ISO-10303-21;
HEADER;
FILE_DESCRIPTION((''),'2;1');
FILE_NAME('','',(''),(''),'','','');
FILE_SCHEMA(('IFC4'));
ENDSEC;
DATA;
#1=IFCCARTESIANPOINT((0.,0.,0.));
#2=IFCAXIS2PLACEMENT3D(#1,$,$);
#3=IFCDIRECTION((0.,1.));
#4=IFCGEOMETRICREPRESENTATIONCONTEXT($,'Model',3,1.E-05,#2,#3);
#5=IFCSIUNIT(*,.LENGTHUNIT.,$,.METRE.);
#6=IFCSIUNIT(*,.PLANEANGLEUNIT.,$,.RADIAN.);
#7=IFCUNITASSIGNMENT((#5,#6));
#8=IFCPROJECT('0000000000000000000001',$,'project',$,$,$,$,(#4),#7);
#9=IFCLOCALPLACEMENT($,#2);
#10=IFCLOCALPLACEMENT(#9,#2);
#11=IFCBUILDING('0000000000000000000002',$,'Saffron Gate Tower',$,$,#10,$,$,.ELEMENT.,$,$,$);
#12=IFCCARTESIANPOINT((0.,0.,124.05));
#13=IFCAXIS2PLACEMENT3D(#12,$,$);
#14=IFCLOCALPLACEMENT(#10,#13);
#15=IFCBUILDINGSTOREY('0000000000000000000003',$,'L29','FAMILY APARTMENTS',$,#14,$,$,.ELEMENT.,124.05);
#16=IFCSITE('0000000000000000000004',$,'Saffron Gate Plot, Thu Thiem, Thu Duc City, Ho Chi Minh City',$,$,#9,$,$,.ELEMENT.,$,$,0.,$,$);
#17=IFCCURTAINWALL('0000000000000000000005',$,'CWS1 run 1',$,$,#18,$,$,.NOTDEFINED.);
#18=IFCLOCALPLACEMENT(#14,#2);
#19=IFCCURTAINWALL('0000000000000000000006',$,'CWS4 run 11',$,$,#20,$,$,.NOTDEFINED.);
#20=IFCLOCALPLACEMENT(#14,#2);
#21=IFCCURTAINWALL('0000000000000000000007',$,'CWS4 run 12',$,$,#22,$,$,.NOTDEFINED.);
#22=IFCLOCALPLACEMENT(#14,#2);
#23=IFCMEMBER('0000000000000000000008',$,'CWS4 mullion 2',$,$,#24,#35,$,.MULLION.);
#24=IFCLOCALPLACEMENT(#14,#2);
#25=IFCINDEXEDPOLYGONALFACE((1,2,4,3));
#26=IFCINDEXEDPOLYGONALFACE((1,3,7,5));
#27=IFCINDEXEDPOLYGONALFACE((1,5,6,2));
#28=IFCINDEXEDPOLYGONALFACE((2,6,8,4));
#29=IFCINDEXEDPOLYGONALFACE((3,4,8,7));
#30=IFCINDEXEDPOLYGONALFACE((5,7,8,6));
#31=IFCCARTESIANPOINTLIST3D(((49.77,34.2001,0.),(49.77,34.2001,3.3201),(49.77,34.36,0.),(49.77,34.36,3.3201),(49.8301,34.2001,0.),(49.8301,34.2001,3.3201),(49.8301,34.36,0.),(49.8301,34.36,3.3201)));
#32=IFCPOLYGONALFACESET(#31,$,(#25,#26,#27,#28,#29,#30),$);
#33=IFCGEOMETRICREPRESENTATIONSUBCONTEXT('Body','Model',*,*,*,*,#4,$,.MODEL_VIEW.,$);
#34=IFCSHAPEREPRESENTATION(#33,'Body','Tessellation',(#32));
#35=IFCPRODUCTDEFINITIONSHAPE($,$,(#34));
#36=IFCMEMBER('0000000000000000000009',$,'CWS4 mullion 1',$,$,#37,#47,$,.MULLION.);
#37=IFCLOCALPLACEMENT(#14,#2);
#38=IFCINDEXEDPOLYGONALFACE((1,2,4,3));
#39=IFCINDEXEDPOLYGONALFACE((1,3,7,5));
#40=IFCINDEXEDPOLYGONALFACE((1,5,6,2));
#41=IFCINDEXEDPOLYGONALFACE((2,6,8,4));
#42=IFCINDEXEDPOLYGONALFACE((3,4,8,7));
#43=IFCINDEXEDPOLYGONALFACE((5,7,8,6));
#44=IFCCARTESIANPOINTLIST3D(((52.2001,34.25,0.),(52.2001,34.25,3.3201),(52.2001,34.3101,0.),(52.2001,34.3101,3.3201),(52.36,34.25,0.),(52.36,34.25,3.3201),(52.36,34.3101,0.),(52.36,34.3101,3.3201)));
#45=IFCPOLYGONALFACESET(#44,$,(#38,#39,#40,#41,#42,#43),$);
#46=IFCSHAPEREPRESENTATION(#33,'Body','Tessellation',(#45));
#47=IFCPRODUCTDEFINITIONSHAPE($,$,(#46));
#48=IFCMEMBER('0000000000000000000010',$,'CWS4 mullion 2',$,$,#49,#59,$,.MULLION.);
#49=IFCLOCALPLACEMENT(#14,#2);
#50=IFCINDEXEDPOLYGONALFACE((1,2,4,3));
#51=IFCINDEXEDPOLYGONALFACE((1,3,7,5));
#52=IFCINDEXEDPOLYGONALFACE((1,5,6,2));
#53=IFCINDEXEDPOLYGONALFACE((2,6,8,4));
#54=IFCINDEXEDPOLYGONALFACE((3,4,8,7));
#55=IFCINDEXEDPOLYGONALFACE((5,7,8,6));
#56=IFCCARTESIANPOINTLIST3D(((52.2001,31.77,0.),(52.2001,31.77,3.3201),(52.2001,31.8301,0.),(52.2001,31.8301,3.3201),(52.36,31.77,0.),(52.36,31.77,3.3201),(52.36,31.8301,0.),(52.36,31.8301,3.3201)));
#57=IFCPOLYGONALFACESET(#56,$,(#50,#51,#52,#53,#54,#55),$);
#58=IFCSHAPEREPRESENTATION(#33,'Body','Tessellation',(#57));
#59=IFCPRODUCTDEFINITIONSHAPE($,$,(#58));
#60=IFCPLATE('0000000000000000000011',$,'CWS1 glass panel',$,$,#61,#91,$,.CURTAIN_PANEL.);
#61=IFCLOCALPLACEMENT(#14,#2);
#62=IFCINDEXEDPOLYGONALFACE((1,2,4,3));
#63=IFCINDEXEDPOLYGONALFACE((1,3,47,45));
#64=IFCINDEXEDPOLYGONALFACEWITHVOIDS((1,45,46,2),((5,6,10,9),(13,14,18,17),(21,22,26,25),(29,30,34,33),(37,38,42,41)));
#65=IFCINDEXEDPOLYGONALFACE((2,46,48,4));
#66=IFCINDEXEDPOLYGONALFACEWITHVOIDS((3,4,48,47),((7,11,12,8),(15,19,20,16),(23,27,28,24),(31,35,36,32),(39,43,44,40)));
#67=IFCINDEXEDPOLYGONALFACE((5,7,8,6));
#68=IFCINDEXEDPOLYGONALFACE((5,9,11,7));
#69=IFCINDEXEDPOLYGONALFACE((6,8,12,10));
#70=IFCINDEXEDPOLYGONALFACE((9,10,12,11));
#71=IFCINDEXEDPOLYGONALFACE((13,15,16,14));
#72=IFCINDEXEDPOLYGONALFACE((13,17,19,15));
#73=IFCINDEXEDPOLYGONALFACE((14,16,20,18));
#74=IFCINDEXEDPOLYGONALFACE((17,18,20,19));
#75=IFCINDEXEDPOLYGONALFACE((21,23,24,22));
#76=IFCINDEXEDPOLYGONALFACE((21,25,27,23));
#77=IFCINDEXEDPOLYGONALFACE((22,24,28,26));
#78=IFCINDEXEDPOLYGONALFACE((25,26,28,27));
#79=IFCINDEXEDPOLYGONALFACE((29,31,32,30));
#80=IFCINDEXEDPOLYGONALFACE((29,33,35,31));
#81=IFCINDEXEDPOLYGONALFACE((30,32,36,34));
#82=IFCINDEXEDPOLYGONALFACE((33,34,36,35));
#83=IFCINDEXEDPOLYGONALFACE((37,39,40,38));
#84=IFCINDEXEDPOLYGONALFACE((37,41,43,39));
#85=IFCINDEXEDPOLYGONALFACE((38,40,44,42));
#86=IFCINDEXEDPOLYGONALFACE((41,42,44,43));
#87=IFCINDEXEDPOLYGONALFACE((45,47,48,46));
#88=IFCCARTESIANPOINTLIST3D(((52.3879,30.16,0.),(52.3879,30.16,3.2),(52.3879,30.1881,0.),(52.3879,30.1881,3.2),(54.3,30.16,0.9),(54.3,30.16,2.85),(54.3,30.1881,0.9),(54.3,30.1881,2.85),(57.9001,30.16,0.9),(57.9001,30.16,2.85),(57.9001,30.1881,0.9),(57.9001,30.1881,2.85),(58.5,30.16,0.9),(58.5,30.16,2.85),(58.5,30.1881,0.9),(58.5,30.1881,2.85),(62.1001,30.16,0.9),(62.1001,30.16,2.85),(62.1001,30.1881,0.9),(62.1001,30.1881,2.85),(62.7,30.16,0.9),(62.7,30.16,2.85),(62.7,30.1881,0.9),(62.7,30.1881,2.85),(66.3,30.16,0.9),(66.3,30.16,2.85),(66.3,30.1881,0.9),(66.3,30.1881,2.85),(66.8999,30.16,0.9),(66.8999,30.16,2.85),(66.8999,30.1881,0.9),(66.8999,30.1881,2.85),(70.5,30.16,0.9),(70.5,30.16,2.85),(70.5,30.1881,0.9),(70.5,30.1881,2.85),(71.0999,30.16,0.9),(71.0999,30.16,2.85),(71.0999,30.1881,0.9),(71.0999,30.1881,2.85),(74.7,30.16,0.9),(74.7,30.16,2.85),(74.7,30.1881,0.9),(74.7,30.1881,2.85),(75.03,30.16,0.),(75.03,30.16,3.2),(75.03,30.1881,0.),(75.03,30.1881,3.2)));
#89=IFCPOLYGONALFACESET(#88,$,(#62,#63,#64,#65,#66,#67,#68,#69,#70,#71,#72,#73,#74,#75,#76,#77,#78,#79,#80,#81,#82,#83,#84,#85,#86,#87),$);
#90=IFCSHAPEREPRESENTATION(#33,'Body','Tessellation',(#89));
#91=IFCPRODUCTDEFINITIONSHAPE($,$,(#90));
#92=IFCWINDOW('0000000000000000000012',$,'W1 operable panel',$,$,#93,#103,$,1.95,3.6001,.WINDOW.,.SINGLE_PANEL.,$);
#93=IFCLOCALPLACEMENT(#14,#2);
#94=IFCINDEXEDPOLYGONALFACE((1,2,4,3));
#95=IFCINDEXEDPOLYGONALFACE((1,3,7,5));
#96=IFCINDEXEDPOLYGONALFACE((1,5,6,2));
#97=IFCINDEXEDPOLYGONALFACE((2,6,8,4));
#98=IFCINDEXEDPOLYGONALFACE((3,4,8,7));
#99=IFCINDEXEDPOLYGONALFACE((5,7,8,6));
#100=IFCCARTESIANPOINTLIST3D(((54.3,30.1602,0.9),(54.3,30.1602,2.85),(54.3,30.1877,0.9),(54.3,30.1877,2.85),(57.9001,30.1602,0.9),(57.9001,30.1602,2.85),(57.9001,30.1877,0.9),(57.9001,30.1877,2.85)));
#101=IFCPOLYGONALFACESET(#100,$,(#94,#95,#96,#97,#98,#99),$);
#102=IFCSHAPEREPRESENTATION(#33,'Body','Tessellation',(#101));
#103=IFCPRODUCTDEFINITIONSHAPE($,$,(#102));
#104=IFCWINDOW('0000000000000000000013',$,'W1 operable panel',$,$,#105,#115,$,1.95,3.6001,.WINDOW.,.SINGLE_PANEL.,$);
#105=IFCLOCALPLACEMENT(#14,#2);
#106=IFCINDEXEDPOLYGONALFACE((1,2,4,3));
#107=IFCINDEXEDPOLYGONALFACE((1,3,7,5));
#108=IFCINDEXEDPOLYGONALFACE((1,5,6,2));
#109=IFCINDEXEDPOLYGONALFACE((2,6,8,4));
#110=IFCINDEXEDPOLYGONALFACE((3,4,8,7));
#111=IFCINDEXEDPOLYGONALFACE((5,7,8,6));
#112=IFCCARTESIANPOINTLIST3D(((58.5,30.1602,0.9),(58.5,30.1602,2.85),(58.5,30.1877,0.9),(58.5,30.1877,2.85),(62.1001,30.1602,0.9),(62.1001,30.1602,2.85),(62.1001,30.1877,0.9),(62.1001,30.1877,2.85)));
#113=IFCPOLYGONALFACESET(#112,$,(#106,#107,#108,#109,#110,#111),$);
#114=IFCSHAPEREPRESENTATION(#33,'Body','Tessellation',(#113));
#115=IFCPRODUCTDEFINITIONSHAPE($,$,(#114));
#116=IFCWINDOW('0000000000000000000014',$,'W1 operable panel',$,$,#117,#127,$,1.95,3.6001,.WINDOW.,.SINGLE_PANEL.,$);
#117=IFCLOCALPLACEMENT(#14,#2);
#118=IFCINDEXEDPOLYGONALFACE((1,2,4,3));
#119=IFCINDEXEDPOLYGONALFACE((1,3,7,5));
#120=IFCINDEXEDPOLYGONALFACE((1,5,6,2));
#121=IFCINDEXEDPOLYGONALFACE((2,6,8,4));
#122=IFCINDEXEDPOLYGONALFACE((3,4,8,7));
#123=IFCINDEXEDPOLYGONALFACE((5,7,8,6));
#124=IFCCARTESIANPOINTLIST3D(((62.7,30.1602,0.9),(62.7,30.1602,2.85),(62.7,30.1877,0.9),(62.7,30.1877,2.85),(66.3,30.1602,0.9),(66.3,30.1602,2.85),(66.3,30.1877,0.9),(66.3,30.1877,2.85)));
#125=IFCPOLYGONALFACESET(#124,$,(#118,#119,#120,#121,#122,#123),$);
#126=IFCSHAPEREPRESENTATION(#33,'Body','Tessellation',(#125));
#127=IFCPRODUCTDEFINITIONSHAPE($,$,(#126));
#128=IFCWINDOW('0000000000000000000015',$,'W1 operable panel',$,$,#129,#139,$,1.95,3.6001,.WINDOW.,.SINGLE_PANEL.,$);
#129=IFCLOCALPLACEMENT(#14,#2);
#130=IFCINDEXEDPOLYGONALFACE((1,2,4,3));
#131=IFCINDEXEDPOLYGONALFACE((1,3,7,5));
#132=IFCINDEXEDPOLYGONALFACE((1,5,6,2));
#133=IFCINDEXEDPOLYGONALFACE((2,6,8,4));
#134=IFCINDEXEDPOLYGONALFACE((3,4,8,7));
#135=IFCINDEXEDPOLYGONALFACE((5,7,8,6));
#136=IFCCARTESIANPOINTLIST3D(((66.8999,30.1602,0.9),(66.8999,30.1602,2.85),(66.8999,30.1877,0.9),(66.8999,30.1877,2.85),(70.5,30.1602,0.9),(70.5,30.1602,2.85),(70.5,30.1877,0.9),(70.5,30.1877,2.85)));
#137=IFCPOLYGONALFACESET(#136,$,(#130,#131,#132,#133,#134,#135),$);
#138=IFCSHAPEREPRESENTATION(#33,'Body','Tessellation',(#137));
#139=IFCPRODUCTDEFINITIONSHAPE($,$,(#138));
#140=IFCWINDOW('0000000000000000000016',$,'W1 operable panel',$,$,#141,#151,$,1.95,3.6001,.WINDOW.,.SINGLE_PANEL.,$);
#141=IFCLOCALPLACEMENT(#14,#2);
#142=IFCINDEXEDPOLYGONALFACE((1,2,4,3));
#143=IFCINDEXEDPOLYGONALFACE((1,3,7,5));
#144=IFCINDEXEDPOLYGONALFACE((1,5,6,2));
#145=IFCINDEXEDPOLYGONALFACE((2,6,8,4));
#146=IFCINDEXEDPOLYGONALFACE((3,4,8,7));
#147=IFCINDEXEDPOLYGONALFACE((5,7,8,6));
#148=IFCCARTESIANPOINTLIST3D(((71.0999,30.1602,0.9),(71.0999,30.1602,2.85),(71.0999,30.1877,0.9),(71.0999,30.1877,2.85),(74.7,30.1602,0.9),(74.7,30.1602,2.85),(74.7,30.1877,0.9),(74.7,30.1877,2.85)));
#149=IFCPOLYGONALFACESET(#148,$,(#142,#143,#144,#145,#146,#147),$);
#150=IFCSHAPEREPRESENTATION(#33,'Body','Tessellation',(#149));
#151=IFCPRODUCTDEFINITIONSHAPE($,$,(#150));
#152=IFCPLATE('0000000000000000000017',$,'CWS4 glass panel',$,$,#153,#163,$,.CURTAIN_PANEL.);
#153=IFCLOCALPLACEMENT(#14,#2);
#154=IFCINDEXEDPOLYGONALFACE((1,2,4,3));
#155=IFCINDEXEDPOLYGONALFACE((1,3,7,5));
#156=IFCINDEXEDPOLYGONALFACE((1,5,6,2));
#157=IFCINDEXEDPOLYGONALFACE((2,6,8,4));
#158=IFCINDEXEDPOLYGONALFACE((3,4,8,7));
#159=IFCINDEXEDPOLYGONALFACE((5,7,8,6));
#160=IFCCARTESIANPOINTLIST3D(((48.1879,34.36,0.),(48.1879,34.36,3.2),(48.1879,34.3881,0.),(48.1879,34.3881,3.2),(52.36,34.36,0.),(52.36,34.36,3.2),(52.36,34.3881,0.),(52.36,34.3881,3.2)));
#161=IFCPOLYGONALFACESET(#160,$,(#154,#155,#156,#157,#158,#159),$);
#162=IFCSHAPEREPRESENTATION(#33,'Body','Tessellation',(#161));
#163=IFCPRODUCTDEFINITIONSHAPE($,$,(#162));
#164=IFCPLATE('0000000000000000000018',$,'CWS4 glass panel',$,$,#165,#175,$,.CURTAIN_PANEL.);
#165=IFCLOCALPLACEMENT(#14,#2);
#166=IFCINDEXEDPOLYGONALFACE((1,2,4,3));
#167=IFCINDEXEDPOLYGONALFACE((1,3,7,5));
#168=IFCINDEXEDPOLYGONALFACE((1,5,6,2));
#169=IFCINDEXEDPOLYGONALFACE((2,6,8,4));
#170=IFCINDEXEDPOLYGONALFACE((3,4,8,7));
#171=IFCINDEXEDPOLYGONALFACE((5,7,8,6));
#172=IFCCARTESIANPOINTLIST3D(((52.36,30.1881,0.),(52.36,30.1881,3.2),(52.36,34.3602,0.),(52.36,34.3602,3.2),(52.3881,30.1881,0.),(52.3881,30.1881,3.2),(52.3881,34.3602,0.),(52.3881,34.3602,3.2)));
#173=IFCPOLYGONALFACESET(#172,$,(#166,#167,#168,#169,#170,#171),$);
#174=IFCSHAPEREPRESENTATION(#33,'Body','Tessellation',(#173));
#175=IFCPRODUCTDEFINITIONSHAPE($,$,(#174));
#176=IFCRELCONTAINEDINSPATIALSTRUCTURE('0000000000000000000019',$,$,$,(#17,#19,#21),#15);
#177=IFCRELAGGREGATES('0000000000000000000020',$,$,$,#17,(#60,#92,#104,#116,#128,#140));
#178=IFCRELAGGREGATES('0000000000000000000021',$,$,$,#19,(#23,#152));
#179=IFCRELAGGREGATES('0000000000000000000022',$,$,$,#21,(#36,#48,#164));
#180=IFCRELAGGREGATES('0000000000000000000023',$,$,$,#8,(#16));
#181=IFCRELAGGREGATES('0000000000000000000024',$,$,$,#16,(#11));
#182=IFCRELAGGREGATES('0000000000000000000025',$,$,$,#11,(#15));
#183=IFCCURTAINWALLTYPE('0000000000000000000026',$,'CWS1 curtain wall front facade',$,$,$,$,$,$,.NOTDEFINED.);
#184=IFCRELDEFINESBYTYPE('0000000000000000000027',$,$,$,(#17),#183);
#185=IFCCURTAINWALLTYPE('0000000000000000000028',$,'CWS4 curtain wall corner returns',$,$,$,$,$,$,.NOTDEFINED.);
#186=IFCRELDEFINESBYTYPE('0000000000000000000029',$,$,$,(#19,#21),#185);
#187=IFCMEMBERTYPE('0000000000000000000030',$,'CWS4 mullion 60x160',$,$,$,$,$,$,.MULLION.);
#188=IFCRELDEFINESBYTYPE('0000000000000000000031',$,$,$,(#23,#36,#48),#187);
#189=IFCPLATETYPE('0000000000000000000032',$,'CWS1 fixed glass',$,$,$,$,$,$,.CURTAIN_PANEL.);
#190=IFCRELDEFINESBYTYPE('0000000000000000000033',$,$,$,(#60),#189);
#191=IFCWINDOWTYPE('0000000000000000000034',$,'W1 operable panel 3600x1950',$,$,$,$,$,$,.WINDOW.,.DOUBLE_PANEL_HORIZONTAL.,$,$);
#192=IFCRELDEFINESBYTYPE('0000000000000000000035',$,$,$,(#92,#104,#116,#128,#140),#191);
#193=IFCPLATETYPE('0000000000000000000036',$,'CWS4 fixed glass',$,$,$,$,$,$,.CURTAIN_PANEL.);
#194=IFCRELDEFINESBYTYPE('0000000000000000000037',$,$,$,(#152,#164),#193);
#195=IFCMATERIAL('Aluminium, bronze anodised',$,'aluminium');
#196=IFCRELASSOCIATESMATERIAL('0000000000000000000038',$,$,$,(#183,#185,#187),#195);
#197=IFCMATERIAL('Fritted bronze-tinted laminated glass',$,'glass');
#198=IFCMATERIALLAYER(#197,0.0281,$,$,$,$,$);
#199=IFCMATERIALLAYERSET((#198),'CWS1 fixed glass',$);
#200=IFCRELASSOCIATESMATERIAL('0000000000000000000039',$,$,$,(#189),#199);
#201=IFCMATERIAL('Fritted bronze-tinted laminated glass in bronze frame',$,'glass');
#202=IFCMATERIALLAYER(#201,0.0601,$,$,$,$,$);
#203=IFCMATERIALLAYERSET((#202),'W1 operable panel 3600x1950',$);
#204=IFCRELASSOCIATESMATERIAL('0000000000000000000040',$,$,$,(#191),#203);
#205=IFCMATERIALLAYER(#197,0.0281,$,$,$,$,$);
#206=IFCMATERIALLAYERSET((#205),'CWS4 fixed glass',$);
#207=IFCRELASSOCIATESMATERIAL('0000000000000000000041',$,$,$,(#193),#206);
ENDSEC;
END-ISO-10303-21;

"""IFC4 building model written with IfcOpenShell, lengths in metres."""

from ifc_helpers import new_model, si_unit, direction, frame, frame_2d, origin, origin_2d, place, context, subcontext, project, spatial, rectangle, extrude, material, layer, layer_set, material_profile, profile_set, type_object, element, fill, aggregate, save


model = new_model("IFC4")

# Units and contexts
model_context = context("Model", 3, precision=1e-05, world=origin(), true_north=direction((0.0, 1.0)))
body_context = subcontext(model_context, "Body", "Model", "MODEL_VIEW")
ifc_project = project(units=[si_unit("LENGTHUNIT", "METRE"), si_unit("PLANEANGLEUNIT", "RADIAN")], contexts=[model_context])

# Site, building, storey
site_placement = place(None, origin())
site = spatial("IfcSite", under=ifc_project, at=site_placement, Name="Saffron Gate Plot, Thu Thiem, Thu Duc City, Ho Chi Minh City", CompositionType="ELEMENT", RefElevation=0.0)
building_placement = place(site_placement, origin())
building = spatial("IfcBuilding", under=site, at=building_placement, Name="Saffron Gate Tower", CompositionType="ELEMENT")
storey_placement = place(building_placement, frame((0.0, 0.0, 124.05)))
storey = spatial("IfcBuildingStorey", under=building, at=storey_placement, Name="L29", Description="FAMILY APARTMENTS", CompositionType="ELEMENT", Elevation=124.05)

# Curtain wall
ifc_material_1 = material(Name="Aluminium, bronze anodised", Category="aluminium")
curtain_wall_type_1 = type_object("IfcCurtainWallType", Name="CWS1 curtain wall front facade", PredefinedType="NOTDEFINED", material=ifc_material_1)
curtain_wall_1_placement = place(storey_placement, origin())
curtain_wall_1 = element("IfcCurtainWall", 1, at=curtain_wall_1_placement, inside=storey, type_object=curtain_wall_type_1, Name="CWS1 run 1", PredefinedType="NOTDEFINED")

# Curtain walls
curtain_wall_type_2 = type_object("IfcCurtainWallType", Name="CWS4 curtain wall corner returns", PredefinedType="NOTDEFINED", material=ifc_material_1)
curtain_wall_2_placement = place(storey_placement, origin())
curtain_wall_2 = element("IfcCurtainWall", 2, at=curtain_wall_2_placement, inside=storey, type_object=curtain_wall_type_2, Name="CWS4 run 11", PredefinedType="NOTDEFINED")
curtain_wall_3_placement = place(storey_placement, origin())
curtain_wall_3 = element("IfcCurtainWall", 3, at=curtain_wall_3_placement, inside=storey, type_object=curtain_wall_type_2, Name="CWS4 run 12", PredefinedType="NOTDEFINED")

# Members
ifc_material_profile_1 = material_profile(ifc_material_1, rectangle(XDim=0.1599, YDim=0.0601, at=origin_2d()))
ifc_profile_set_1 = profile_set([ifc_material_profile_1], Name="Aluminium, bronze anodised")
member_type_1 = type_object("IfcMemberType", Name="CWS4 mullion 60x160", PredefinedType="MULLION", material=ifc_profile_set_1)
member_1_placement = place(storey_placement, frame((49.8, 34.28, 0.0), z_axis=(0.0, 0.0, 1.0), x_axis=(0.0, 1.0, 0.0)))
member_1 = element("IfcMember", 4, at=member_1_placement, type_object=member_type_1, Name="CWS4 mullion 2", PredefinedType="MULLION", context=body_context, shape_type="SweptSolid", body=[
    extrude(rectangle(XDim=0.1599, YDim=0.0601, at=origin_2d()), origin(), (0.0, 0.0, 1.0), 3.3201),
])
member_2_placement = place(storey_placement, frame((52.28, 34.28, 0.0), z_axis=(0.0, 0.0, 1.0), x_axis=(1.0, 0.0, 0.0)))
member_2 = element("IfcMember", 5, at=member_2_placement, type_object=member_type_1, Name="CWS4 mullion 1", PredefinedType="MULLION", context=body_context, shape_type="SweptSolid", body=[
    extrude(rectangle(XDim=0.1599, YDim=0.0601, at=origin_2d()), origin(), (0.0, 0.0, 1.0), 3.3201),
])
member_3_placement = place(storey_placement, frame((52.28, 31.8, 0.0), z_axis=(0.0, 0.0, 1.0), x_axis=(1.0, 0.0, 0.0)))
member_3 = element("IfcMember", 6, at=member_3_placement, type_object=member_type_1, Name="CWS4 mullion 2", PredefinedType="MULLION", context=body_context, shape_type="SweptSolid", body=[
    extrude(rectangle(XDim=0.1599, YDim=0.0601, at=origin_2d()), origin(), (0.0, 0.0, 1.0), 3.3201),
])

# Plate, openings, windows
ifc_material_2 = material(Name="Fritted bronze-tinted laminated glass", Category="glass")
ifc_layer_1 = layer(ifc_material_2, 0.0281)
ifc_layer_set_1 = layer_set([ifc_layer_1], Name="CWS1 fixed glass")
plate_type_1 = type_object("IfcPlateType", Name="CWS1 fixed glass", PredefinedType="CURTAIN_PANEL", material=ifc_layer_set_1)
plate_1_placement = place(storey_placement, frame((52.3879, 30.1741, 0.0), z_axis=(0.0, 0.0, 1.0), x_axis=(1.0, 0.0, 0.0)))
plate_1 = element("IfcPlate", 7, at=plate_1_placement, type_object=plate_type_1, Name="CWS1 glass panel", PredefinedType="CURTAIN_PANEL", context=body_context, shape_type="SweptSolid", body=[
    extrude(rectangle(XDim=22.6421, YDim=0.0281, at=frame_2d((11.321, 0.0))), origin(), (0.0, 0.0, 1.0), 3.2),
])
opening_1_placement = place(plate_1_placement, frame((1.9121, 0.0, 0.8999)))
opening_1 = element("IfcOpeningElement", 8, at=opening_1_placement, cuts=plate_1, PredefinedType="OPENING", context=body_context, shape_type="SweptSolid", body=[
    extrude(rectangle(XDim=3.6001, YDim=1.95, at=frame_2d((1.8, 0.9751))), frame((0.0, 0.0239, 0.0), z_axis=(0.0, -1.0, 0.0), x_axis=(1.0, 0.0, 0.0)), (0.0, 0.0, 1.0), 0.0481),
])
opening_2_placement = place(plate_1_placement, frame((6.1121, 0.0, 0.8999)))
opening_2 = element("IfcOpeningElement", 9, at=opening_2_placement, cuts=plate_1, PredefinedType="OPENING", context=body_context, shape_type="SweptSolid", body=[
    extrude(rectangle(XDim=3.6001, YDim=1.95, at=frame_2d((1.8, 0.9751))), frame((0.0, 0.0239, 0.0), z_axis=(0.0, -1.0, 0.0), x_axis=(1.0, 0.0, 0.0)), (0.0, 0.0, 1.0), 0.0481),
])
opening_3_placement = place(plate_1_placement, frame((10.312, 0.0, 0.8999)))
opening_3 = element("IfcOpeningElement", 10, at=opening_3_placement, cuts=plate_1, PredefinedType="OPENING", context=body_context, shape_type="SweptSolid", body=[
    extrude(rectangle(XDim=3.6001, YDim=1.95, at=frame_2d((1.8, 0.9751))), frame((0.0, 0.0239, 0.0), z_axis=(0.0, -1.0, 0.0), x_axis=(1.0, 0.0, 0.0)), (0.0, 0.0, 1.0), 0.0481),
])
opening_4_placement = place(plate_1_placement, frame((14.512, 0.0, 0.8999)))
opening_4 = element("IfcOpeningElement", 11, at=opening_4_placement, cuts=plate_1, PredefinedType="OPENING", context=body_context, shape_type="SweptSolid", body=[
    extrude(rectangle(XDim=3.6001, YDim=1.95, at=frame_2d((1.8, 0.9751))), frame((0.0, 0.0239, 0.0), z_axis=(0.0, -1.0, 0.0), x_axis=(1.0, 0.0, 0.0)), (0.0, 0.0, 1.0), 0.0481),
])
opening_5_placement = place(plate_1_placement, frame((18.7119, 0.0, 0.8999)))
opening_5 = element("IfcOpeningElement", 12, at=opening_5_placement, cuts=plate_1, PredefinedType="OPENING", context=body_context, shape_type="SweptSolid", body=[
    extrude(rectangle(XDim=3.6001, YDim=1.95, at=frame_2d((1.8, 0.9751))), frame((0.0, 0.0239, 0.0), z_axis=(0.0, -1.0, 0.0), x_axis=(1.0, 0.0, 0.0)), (0.0, 0.0, 1.0), 0.0481),
])
ifc_material_3 = material(Name="Fritted bronze-tinted laminated glass in bronze frame", Category="glass")
ifc_layer_2 = layer(ifc_material_3, 0.0601)
ifc_layer_set_2 = layer_set([ifc_layer_2], Name="W1 operable panel 3600x1950")
window_type = type_object("IfcWindowType", Name="W1 operable panel 3600x1950", PartitioningType="DOUBLE_PANEL_HORIZONTAL", PredefinedType="WINDOW", material=ifc_layer_set_2)
window_1_placement = place(opening_1_placement, origin())
window_1 = element("IfcWindow", 13, at=window_1_placement, type_object=window_type, Name="W1 operable panel", OverallHeight=1.95, OverallWidth=3.6001, PartitioningType="SINGLE_PANEL", PredefinedType="WINDOW", context=body_context, shape_type="SweptSolid", body=[
    extrude(rectangle(XDim=3.6001, YDim=1.95, at=frame_2d((1.8, 0.9751))), frame((0.0, 0.0137, 0.0), z_axis=(0.0, -1.0, 0.0), x_axis=(1.0, 0.0, 0.0)), (0.0, 0.0, 1.0), 0.0276),
])
fill(opening_1, window_1)
window_2_placement = place(opening_2_placement, origin())
window_2 = element("IfcWindow", 14, at=window_2_placement, type_object=window_type, Name="W1 operable panel", OverallHeight=1.95, OverallWidth=3.6001, PartitioningType="SINGLE_PANEL", PredefinedType="WINDOW", context=body_context, shape_type="SweptSolid", body=[
    extrude(rectangle(XDim=3.6001, YDim=1.95, at=frame_2d((1.8, 0.9751))), frame((0.0, 0.0137, 0.0), z_axis=(0.0, -1.0, 0.0), x_axis=(1.0, 0.0, 0.0)), (0.0, 0.0, 1.0), 0.0276),
])
fill(opening_2, window_2)
window_3_placement = place(opening_3_placement, origin())
window_3 = element("IfcWindow", 15, at=window_3_placement, type_object=window_type, Name="W1 operable panel", OverallHeight=1.95, OverallWidth=3.6001, PartitioningType="SINGLE_PANEL", PredefinedType="WINDOW", context=body_context, shape_type="SweptSolid", body=[
    extrude(rectangle(XDim=3.6001, YDim=1.95, at=frame_2d((1.8, 0.9751))), frame((0.0, 0.0137, 0.0), z_axis=(0.0, -1.0, 0.0), x_axis=(1.0, 0.0, 0.0)), (0.0, 0.0, 1.0), 0.0276),
])
fill(opening_3, window_3)
window_4_placement = place(opening_4_placement, origin())
window_4 = element("IfcWindow", 16, at=window_4_placement, type_object=window_type, Name="W1 operable panel", OverallHeight=1.95, OverallWidth=3.6001, PartitioningType="SINGLE_PANEL", PredefinedType="WINDOW", context=body_context, shape_type="SweptSolid", body=[
    extrude(rectangle(XDim=3.6001, YDim=1.95, at=frame_2d((1.8, 0.9751))), frame((0.0, 0.0137, 0.0), z_axis=(0.0, -1.0, 0.0), x_axis=(1.0, 0.0, 0.0)), (0.0, 0.0, 1.0), 0.0276),
])
fill(opening_4, window_4)
window_5_placement = place(opening_5_placement, origin())
window_5 = element("IfcWindow", 17, at=window_5_placement, type_object=window_type, Name="W1 operable panel", OverallHeight=1.95, OverallWidth=3.6001, PartitioningType="SINGLE_PANEL", PredefinedType="WINDOW", context=body_context, shape_type="SweptSolid", body=[
    extrude(rectangle(XDim=3.6001, YDim=1.95, at=frame_2d((1.8, 0.9751))), frame((0.0, 0.0137, 0.0), z_axis=(0.0, -1.0, 0.0), x_axis=(1.0, 0.0, 0.0)), (0.0, 0.0, 1.0), 0.0276),
])
fill(opening_5, window_5)
aggregate(curtain_wall_1, [plate_1, window_1, window_2, window_3, window_4, window_5])

# Plates
ifc_layer_3 = layer(ifc_material_2, 0.0281)
ifc_layer_set_3 = layer_set([ifc_layer_3], Name="CWS4 fixed glass")
plate_type_2 = type_object("IfcPlateType", Name="CWS4 fixed glass", PredefinedType="CURTAIN_PANEL", material=ifc_layer_set_3)
plate_2_placement = place(storey_placement, frame((48.188, 34.374, 0.0), z_axis=(0.0, 0.0, 1.0), x_axis=(1.0, 0.0, 0.0)))
plate_2 = element("IfcPlate", 18, at=plate_2_placement, type_object=plate_type_2, Name="CWS4 glass panel", PredefinedType="CURTAIN_PANEL", context=body_context, shape_type="SweptSolid", body=[
    extrude(rectangle(XDim=4.1721, YDim=0.0281, at=frame_2d((2.0859, 0.0))), origin(), (0.0, 0.0, 1.0), 3.2),
])
aggregate(curtain_wall_2, [member_1, plate_2])
plate_3_placement = place(storey_placement, frame((52.374, 34.3601, 0.0), z_axis=(0.0, 0.0, 1.0), x_axis=(0.0, -1.0, 0.0)))
plate_3 = element("IfcPlate", 19, at=plate_3_placement, type_object=plate_type_2, Name="CWS4 glass panel", PredefinedType="CURTAIN_PANEL", context=body_context, shape_type="SweptSolid", body=[
    extrude(rectangle(XDim=4.1721, YDim=0.0281, at=frame_2d((2.0859, 0.0))), origin(), (0.0, 0.0, 1.0), 3.2),
])
aggregate(curtain_wall_3, [member_2, member_3, plate_3])

save(model, "model.ifc")
